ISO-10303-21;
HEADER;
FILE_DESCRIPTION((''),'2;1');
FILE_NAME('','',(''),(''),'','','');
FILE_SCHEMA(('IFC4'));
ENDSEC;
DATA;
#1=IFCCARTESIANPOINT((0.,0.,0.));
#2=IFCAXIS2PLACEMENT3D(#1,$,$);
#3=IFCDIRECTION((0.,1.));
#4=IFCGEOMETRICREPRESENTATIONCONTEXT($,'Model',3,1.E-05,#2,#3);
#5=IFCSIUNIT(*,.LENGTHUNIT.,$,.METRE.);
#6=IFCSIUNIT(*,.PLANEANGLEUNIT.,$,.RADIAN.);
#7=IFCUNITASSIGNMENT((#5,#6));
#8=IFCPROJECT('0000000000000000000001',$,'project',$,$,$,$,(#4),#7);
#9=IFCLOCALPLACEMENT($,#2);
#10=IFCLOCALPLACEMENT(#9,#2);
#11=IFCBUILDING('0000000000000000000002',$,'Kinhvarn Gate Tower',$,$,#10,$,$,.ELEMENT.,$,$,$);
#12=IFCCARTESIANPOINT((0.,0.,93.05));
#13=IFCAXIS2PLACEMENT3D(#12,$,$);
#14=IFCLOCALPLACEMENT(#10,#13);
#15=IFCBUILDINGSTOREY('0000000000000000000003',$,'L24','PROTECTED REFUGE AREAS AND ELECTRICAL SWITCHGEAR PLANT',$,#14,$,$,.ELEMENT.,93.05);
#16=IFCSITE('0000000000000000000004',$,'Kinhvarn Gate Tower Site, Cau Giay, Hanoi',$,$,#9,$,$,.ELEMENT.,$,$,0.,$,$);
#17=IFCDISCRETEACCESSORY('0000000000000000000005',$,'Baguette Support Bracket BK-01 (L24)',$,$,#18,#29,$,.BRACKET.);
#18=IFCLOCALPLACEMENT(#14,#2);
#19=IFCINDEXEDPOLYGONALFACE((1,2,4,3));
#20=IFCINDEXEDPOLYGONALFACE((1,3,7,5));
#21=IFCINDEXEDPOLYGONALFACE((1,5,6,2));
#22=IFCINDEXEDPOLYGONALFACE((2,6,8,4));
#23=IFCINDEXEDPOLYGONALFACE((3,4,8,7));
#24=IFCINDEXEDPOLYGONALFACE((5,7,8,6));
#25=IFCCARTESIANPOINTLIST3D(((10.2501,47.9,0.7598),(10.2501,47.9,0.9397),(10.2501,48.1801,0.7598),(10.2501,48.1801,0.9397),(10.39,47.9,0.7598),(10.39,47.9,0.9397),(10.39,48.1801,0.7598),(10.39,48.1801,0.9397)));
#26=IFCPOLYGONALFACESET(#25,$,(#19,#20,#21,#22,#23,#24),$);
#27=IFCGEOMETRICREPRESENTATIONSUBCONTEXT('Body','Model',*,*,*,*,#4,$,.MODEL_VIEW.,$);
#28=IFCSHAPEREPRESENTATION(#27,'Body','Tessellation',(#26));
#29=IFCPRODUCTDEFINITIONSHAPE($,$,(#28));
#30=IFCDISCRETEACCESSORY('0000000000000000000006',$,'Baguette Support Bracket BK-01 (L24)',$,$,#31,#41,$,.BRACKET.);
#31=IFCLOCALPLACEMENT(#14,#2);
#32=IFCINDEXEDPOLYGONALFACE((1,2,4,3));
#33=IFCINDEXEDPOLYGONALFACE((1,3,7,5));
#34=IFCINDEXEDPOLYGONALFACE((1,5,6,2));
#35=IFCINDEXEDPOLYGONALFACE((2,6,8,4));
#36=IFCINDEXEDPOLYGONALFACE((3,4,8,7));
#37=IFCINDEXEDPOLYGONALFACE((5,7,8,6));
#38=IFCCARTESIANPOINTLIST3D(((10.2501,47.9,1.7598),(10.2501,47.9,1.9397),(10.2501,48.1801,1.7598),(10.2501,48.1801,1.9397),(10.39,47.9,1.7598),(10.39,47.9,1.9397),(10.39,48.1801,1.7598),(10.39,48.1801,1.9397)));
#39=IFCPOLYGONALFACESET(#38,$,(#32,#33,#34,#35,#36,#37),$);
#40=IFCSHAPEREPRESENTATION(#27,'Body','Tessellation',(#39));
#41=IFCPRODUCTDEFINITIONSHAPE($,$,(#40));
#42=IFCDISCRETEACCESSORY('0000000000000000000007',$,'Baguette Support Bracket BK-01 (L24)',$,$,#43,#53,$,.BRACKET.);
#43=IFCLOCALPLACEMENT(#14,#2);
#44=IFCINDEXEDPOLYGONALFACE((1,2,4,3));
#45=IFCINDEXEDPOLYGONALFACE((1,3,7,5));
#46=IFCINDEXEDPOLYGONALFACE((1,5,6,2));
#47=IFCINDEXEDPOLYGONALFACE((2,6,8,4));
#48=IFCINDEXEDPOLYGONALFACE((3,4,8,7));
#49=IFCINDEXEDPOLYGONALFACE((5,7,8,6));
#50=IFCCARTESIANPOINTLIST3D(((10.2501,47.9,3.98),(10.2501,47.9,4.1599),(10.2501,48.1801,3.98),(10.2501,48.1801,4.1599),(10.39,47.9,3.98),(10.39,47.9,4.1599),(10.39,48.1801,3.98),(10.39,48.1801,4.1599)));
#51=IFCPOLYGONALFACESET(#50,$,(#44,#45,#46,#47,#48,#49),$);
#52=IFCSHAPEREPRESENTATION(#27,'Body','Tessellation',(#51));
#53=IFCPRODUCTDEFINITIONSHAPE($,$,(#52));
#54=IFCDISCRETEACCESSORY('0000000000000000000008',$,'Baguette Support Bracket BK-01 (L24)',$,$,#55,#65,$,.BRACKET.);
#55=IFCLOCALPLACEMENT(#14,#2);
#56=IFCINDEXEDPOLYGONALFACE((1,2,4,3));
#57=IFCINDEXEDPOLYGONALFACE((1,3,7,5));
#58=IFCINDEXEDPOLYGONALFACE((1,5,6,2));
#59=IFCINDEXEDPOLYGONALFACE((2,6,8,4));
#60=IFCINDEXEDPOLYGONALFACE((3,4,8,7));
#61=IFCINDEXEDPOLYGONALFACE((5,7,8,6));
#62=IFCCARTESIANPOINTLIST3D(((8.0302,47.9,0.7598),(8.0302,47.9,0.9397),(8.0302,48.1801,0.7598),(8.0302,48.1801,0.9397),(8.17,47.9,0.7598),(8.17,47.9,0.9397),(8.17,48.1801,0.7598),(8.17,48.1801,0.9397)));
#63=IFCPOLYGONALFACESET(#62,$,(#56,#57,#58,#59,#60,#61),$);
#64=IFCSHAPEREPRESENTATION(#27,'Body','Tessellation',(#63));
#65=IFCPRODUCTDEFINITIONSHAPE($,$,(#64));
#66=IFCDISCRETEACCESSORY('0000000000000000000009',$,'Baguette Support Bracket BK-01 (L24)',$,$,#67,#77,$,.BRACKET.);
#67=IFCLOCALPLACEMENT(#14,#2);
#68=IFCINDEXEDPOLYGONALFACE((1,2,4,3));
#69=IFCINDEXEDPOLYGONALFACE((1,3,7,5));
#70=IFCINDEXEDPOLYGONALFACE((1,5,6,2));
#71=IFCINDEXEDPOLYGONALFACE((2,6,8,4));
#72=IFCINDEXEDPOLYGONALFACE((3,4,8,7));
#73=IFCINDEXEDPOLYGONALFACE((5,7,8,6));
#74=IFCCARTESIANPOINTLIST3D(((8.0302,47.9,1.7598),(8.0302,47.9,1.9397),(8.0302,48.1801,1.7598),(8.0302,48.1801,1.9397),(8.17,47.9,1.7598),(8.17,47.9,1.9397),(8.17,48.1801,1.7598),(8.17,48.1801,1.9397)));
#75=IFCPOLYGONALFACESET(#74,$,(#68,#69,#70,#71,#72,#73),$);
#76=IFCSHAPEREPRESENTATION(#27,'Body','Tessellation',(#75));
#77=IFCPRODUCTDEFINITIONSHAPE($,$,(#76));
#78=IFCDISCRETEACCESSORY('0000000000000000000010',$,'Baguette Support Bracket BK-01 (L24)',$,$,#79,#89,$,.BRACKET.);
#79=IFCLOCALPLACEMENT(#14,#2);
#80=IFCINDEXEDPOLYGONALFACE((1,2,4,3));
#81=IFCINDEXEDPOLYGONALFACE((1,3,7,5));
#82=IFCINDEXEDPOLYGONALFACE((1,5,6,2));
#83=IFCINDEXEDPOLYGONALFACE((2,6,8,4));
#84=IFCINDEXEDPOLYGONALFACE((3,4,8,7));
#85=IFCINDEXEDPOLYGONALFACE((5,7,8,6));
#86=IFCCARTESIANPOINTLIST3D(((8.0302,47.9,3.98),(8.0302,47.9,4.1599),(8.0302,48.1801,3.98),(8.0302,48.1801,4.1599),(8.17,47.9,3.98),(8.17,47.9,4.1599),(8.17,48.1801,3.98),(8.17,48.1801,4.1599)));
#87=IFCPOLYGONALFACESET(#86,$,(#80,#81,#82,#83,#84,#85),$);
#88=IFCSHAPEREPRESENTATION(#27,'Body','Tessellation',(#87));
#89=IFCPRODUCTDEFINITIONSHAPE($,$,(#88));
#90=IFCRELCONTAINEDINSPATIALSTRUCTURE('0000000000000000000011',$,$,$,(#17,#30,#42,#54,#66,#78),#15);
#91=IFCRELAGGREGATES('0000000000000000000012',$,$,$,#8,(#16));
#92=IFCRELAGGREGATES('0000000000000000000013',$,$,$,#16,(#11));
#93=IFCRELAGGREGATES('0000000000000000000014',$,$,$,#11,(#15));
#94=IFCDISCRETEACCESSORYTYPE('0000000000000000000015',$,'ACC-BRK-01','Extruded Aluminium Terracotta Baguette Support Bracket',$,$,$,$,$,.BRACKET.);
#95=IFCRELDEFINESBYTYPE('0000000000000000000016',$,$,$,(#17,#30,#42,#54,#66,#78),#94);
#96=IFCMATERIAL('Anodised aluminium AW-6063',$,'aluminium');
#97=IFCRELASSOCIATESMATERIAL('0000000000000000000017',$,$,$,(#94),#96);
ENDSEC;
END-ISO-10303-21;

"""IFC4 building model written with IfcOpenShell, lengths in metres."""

from ifc_helpers import new_model, si_unit, direction, frame, origin, origin_2d, place, context, subcontext, project, spatial, rectangle, extrude, material, type_object, element, save


model = new_model("IFC4")

# Units and contexts
model_context = context("Model", 3, precision=1e-05, world=origin(), true_north=direction((0.0, 1.0)))
body_context = subcontext(model_context, "Body", "Model", "MODEL_VIEW")
ifc_project = project(units=[si_unit("LENGTHUNIT", "METRE"), si_unit("PLANEANGLEUNIT", "RADIAN")], contexts=[model_context])

# Site, building, storey
site_placement = place(None, origin())
site = spatial("IfcSite", under=ifc_project, at=site_placement, Name="Kinhvarn Gate Tower Site, Cau Giay, Hanoi", CompositionType="ELEMENT", RefElevation=0.0)
building_placement = place(site_placement, origin())
building = spatial("IfcBuilding", under=site, at=building_placement, Name="Kinhvarn Gate Tower", CompositionType="ELEMENT")
storey_placement = place(building_placement, frame((0.0, 0.0, 93.05)))
storey = spatial("IfcBuildingStorey", under=building, at=storey_placement, Name="L24", Description="PROTECTED REFUGE AREAS AND ELECTRICAL SWITCHGEAR PLANT", CompositionType="ELEMENT", Elevation=93.05)

# Shared definitions
ifc_material_1 = material(Name="Anodised aluminium AW-6063", Category="aluminium")

# Discrete accessories
discrete_accessory_type = type_object("IfcDiscreteAccessoryType", Name="ACC-BRK-01", Description="Extruded Aluminium Terracotta Baguette Support Bracket", PredefinedType="BRACKET", material=ifc_material_1)
for number, where, z_axis, x_axis, name in (
    (1, (10.3201, 48.04, 0.7598), (0.0, 0.0, 1.0), (-1.0, 0.0, 0.0), "Baguette Support Bracket BK-01 (L24)"),
    (2, (10.3201, 48.04, 1.7598), (0.0, 0.0, 1.0), (-1.0, 0.0, 0.0), "Baguette Support Bracket BK-01 (L24)"),
    (3, (10.3201, 48.04, 3.98), (0.0, 0.0, 1.0), (-1.0, 0.0, 0.0), "Baguette Support Bracket BK-01 (L24)"),
    (4, (8.1001, 48.04, 0.7598), (0.0, 0.0, 1.0), (-1.0, 0.0, 0.0), "Baguette Support Bracket BK-01 (L24)"),
    (5, (8.1001, 48.04, 1.7598), (0.0, 0.0, 1.0), (-1.0, 0.0, 0.0), "Baguette Support Bracket BK-01 (L24)"),
    (6, (8.1001, 48.04, 3.98), (0.0, 0.0, 1.0), (-1.0, 0.0, 0.0), "Baguette Support Bracket BK-01 (L24)"),
):
    element("IfcDiscreteAccessory", number, at=place(storey_placement, frame(where, z_axis=z_axis, x_axis=x_axis)), inside=storey, type_object=discrete_accessory_type, Name=name, PredefinedType="BRACKET", context=body_context, shape_type="SweptSolid", body=[
        extrude(rectangle(XDim=0.1399, YDim=0.28, at=origin_2d()), origin(), (0.0, 0.0, 1.0), 0.1799),
    ])

save(model, "model.ifc")
